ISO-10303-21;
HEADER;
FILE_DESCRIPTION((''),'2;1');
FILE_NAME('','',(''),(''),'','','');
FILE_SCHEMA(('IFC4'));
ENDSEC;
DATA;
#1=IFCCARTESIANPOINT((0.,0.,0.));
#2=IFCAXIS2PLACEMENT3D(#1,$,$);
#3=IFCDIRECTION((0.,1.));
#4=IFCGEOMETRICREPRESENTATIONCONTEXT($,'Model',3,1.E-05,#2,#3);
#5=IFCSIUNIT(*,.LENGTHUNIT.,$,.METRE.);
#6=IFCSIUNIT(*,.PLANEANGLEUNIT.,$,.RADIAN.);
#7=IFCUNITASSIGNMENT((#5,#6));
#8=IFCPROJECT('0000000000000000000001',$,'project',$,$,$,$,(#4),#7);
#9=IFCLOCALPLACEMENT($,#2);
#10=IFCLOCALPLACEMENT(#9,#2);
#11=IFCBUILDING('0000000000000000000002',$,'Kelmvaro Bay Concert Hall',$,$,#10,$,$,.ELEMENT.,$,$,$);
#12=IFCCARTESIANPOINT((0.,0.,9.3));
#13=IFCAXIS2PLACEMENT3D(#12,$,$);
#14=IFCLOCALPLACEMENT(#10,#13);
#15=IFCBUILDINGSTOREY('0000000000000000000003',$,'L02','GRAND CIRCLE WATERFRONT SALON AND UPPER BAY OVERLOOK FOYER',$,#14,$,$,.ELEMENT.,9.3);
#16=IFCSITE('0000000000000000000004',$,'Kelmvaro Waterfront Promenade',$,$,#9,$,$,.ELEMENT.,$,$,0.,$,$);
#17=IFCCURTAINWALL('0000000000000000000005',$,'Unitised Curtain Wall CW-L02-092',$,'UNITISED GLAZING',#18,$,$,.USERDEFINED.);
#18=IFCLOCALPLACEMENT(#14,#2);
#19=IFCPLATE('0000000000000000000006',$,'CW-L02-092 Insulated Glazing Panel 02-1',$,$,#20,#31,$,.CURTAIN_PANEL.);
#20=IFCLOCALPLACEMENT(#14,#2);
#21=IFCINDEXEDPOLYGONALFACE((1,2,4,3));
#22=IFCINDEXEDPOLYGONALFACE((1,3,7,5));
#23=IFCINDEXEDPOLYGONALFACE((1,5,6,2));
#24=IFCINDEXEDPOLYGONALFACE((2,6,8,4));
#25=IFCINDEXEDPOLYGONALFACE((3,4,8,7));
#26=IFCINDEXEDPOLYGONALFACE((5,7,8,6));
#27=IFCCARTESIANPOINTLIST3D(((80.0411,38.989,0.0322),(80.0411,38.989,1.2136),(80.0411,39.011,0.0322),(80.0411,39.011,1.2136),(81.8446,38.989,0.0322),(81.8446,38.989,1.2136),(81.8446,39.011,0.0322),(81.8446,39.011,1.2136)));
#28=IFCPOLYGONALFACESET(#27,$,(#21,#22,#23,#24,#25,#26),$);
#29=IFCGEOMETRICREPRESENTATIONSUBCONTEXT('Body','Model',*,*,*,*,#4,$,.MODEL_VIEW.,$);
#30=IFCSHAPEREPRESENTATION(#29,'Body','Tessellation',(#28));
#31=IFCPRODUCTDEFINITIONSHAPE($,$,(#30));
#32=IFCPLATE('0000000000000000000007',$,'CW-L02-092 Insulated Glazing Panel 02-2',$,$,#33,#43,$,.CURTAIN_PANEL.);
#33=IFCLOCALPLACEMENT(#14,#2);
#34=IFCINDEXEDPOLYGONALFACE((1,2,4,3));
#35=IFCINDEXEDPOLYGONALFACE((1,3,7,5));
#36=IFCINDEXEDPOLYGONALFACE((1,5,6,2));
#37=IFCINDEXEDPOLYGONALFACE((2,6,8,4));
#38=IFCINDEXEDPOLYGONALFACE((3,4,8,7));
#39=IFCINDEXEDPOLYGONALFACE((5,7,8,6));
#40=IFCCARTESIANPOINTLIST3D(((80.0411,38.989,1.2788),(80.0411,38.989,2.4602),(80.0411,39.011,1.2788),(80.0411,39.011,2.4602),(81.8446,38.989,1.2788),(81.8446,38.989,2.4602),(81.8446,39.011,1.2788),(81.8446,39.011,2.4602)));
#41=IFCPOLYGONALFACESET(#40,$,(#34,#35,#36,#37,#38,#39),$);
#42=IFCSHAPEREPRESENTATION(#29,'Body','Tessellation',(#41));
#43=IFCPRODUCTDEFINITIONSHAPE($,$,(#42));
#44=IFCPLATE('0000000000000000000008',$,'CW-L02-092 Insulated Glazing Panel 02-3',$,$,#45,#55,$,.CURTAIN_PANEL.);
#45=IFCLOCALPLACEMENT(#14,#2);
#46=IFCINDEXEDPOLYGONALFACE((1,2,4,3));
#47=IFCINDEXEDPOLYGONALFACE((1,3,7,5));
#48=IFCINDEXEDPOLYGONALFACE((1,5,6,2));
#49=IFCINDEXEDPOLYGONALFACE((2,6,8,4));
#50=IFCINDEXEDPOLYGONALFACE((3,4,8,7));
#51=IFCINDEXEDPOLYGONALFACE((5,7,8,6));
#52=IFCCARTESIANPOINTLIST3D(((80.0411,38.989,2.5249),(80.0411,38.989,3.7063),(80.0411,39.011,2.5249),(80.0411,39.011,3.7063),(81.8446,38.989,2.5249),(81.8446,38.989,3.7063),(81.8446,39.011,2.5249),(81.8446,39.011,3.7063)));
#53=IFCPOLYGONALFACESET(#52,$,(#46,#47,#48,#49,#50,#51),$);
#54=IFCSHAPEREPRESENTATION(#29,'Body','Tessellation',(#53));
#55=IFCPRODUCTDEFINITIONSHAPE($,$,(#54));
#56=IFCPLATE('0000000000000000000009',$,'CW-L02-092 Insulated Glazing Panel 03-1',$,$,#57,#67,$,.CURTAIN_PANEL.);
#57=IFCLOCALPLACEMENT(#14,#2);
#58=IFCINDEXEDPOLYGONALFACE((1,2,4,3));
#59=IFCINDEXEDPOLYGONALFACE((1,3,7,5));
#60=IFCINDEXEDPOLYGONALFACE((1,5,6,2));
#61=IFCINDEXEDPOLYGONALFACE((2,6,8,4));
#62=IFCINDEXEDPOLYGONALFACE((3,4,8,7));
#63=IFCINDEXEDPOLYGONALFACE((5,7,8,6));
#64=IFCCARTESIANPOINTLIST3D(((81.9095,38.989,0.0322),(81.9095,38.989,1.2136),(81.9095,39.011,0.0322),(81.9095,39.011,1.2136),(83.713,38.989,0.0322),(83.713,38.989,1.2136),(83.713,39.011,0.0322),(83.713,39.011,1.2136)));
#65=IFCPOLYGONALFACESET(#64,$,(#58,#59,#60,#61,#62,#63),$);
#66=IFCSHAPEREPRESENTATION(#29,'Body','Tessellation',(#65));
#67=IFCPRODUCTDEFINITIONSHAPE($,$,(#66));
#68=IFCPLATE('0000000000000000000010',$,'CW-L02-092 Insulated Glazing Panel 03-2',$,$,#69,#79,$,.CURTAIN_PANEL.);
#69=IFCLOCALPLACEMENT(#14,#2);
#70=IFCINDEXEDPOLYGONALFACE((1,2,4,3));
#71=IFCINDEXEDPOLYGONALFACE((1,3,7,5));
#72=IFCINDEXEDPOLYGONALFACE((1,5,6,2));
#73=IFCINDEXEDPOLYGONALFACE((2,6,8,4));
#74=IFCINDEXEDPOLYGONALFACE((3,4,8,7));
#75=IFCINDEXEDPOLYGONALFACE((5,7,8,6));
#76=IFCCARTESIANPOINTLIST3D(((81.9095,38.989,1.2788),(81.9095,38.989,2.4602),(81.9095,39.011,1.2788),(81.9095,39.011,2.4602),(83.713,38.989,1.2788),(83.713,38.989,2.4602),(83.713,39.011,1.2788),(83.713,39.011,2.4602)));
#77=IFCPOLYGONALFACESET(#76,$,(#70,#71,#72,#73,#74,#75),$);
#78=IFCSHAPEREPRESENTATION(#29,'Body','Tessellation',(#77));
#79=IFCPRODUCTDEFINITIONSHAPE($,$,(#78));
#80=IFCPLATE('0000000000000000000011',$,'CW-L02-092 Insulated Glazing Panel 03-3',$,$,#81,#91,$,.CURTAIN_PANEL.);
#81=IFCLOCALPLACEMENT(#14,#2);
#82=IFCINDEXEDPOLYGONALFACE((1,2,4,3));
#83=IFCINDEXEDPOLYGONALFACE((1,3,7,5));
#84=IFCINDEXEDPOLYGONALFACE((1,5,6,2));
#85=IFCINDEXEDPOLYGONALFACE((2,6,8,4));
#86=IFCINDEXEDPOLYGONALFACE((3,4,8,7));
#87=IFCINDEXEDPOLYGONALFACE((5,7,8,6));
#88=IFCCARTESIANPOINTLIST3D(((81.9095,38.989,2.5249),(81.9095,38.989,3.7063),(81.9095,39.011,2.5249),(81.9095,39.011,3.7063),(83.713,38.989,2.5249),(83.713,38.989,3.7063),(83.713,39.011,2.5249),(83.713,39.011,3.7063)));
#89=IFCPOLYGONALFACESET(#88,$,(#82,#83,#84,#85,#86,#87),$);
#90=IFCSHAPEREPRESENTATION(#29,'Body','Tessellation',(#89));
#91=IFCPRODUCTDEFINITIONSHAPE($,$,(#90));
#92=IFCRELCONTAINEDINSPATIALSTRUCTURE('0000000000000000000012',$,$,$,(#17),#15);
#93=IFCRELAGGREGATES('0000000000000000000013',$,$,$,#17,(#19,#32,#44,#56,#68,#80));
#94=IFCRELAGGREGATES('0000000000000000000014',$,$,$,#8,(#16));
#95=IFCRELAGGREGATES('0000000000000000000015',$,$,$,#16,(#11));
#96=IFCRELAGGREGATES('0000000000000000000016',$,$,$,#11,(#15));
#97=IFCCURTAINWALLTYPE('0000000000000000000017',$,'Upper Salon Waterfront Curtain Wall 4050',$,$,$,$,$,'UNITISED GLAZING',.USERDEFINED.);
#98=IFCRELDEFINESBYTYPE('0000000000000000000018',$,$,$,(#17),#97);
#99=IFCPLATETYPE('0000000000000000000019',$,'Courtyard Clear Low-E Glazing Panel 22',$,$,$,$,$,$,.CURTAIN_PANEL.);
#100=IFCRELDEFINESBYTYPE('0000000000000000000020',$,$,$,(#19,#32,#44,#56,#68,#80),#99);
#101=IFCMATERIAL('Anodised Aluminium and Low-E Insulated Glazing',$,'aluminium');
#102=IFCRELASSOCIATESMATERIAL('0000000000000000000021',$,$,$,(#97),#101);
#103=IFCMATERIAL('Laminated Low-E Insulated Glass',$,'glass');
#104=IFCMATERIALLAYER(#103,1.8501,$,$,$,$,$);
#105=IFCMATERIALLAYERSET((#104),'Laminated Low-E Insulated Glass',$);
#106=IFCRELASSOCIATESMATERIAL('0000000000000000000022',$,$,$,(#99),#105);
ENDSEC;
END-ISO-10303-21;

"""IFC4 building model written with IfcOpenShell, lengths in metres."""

from ifc_helpers import new_model, si_unit, direction, frame, origin, origin_2d, place, context, subcontext, project, spatial, rectangle, extrude, material, layer, layer_set, type_object, element, aggregate, save


model = new_model("IFC4")

# Units and contexts
model_context = context("Model", 3, precision=1e-05, world=origin(), true_north=direction((0.0, 1.0)))
body_context = subcontext(model_context, "Body", "Model", "MODEL_VIEW")
ifc_project = project(units=[si_unit("LENGTHUNIT", "METRE"), si_unit("PLANEANGLEUNIT", "RADIAN")], contexts=[model_context])

# Site, building, storey
site_placement = place(None, origin())
site = spatial("IfcSite", under=ifc_project, at=site_placement, Name="Kelmvaro Waterfront Promenade", CompositionType="ELEMENT", RefElevation=0.0)
building_placement = place(site_placement, origin())
building = spatial("IfcBuilding", under=site, at=building_placement, Name="Kelmvaro Bay Concert Hall", CompositionType="ELEMENT")
storey_placement = place(building_placement, frame((0.0, 0.0, 9.3)))
storey = spatial("IfcBuildingStorey", under=building, at=storey_placement, Name="L02", Description="GRAND CIRCLE WATERFRONT SALON AND UPPER BAY OVERLOOK FOYER", CompositionType="ELEMENT", Elevation=9.3)

# Curtain wall
ifc_material_1 = material(Name="Anodised Aluminium and Low-E Insulated Glazing", Category="aluminium")
curtain_wall_type = type_object("IfcCurtainWallType", Name="Upper Salon Waterfront Curtain Wall 4050", ElementType="UNITISED GLAZING", PredefinedType="USERDEFINED", material=ifc_material_1)
curtain_wall_1_placement = place(storey_placement, origin())
curtain_wall_1 = element("IfcCurtainWall", 1, at=curtain_wall_1_placement, inside=storey, type_object=curtain_wall_type, Name="Unitised Curtain Wall CW-L02-092", ObjectType="UNITISED GLAZING", PredefinedType="USERDEFINED")

# Plates
ifc_material_2 = material(Name="Laminated Low-E Insulated Glass", Category="glass")
ifc_layer = layer(ifc_material_2, 1.8501)
ifc_layer_set = layer_set([ifc_layer], Name="Laminated Low-E Insulated Glass")
plate_type = type_object("IfcPlateType", Name="Courtyard Clear Low-E Glazing Panel 22", PredefinedType="CURTAIN_PANEL", material=ifc_layer_set)
plate_1_placement = place(storey_placement, frame((80.9429, 39.0, 0.0322), z_axis=(0.0, 0.0, 1.0), x_axis=(1.0, 0.0, 0.0)))
plate_1 = element("IfcPlate", 2, at=plate_1_placement, type_object=plate_type, Name="CW-L02-092 Insulated Glazing Panel 02-1", PredefinedType="CURTAIN_PANEL", context=body_context, shape_type="SweptSolid", body=[
    extrude(rectangle(XDim=1.8035, YDim=0.022, at=origin_2d()), origin(), (0.0, 0.0, 1.0), 1.1814),
])
plate_2_placement = place(storey_placement, frame((80.9429, 39.0, 1.2788), z_axis=(0.0, 0.0, 1.0), x_axis=(1.0, 0.0, 0.0)))
plate_2 = element("IfcPlate", 3, at=plate_2_placement, type_object=plate_type, Name="CW-L02-092 Insulated Glazing Panel 02-2", PredefinedType="CURTAIN_PANEL", context=body_context, shape_type="SweptSolid", body=[
    extrude(rectangle(XDim=1.8035, YDim=0.022, at=origin_2d()), origin(), (0.0, 0.0, 1.0), 1.1814),
])
plate_3_placement = place(storey_placement, frame((80.9429, 39.0, 2.5249), z_axis=(0.0, 0.0, 1.0), x_axis=(1.0, 0.0, 0.0)))
plate_3 = element("IfcPlate", 4, at=plate_3_placement, type_object=plate_type, Name="CW-L02-092 Insulated Glazing Panel 02-3", PredefinedType="CURTAIN_PANEL", context=body_context, shape_type="SweptSolid", body=[
    extrude(rectangle(XDim=1.8035, YDim=0.022, at=origin_2d()), origin(), (0.0, 0.0, 1.0), 1.1814),
])
plate_4_placement = place(storey_placement, frame((82.8113, 39.0, 0.0322), z_axis=(0.0, 0.0, 1.0), x_axis=(1.0, 0.0, 0.0)))
plate_4 = element("IfcPlate", 5, at=plate_4_placement, type_object=plate_type, Name="CW-L02-092 Insulated Glazing Panel 03-1", PredefinedType="CURTAIN_PANEL", context=body_context, shape_type="SweptSolid", body=[
    extrude(rectangle(XDim=1.8035, YDim=0.022, at=origin_2d()), origin(), (0.0, 0.0, 1.0), 1.1814),
])
plate_5_placement = place(storey_placement, frame((82.8113, 39.0, 1.2788), z_axis=(0.0, 0.0, 1.0), x_axis=(1.0, 0.0, 0.0)))
plate_5 = element("IfcPlate", 6, at=plate_5_placement, type_object=plate_type, Name="CW-L02-092 Insulated Glazing Panel 03-2", PredefinedType="CURTAIN_PANEL", context=body_context, shape_type="SweptSolid", body=[
    extrude(rectangle(XDim=1.8035, YDim=0.022, at=origin_2d()), origin(), (0.0, 0.0, 1.0), 1.1814),
])
plate_6_placement = place(storey_placement, frame((82.8113, 39.0, 2.5249), z_axis=(0.0, 0.0, 1.0), x_axis=(1.0, 0.0, 0.0)))
plate_6 = element("IfcPlate", 7, at=plate_6_placement, type_object=plate_type, Name="CW-L02-092 Insulated Glazing Panel 03-3", PredefinedType="CURTAIN_PANEL", context=body_context, shape_type="SweptSolid", body=[
    extrude(rectangle(XDim=1.8035, YDim=0.022, at=origin_2d()), origin(), (0.0, 0.0, 1.0), 1.1814),
])
aggregate(curtain_wall_1, [plate_1, plate_2, plate_3, plate_4, plate_5, plate_6])

save(model, "model.ifc")
